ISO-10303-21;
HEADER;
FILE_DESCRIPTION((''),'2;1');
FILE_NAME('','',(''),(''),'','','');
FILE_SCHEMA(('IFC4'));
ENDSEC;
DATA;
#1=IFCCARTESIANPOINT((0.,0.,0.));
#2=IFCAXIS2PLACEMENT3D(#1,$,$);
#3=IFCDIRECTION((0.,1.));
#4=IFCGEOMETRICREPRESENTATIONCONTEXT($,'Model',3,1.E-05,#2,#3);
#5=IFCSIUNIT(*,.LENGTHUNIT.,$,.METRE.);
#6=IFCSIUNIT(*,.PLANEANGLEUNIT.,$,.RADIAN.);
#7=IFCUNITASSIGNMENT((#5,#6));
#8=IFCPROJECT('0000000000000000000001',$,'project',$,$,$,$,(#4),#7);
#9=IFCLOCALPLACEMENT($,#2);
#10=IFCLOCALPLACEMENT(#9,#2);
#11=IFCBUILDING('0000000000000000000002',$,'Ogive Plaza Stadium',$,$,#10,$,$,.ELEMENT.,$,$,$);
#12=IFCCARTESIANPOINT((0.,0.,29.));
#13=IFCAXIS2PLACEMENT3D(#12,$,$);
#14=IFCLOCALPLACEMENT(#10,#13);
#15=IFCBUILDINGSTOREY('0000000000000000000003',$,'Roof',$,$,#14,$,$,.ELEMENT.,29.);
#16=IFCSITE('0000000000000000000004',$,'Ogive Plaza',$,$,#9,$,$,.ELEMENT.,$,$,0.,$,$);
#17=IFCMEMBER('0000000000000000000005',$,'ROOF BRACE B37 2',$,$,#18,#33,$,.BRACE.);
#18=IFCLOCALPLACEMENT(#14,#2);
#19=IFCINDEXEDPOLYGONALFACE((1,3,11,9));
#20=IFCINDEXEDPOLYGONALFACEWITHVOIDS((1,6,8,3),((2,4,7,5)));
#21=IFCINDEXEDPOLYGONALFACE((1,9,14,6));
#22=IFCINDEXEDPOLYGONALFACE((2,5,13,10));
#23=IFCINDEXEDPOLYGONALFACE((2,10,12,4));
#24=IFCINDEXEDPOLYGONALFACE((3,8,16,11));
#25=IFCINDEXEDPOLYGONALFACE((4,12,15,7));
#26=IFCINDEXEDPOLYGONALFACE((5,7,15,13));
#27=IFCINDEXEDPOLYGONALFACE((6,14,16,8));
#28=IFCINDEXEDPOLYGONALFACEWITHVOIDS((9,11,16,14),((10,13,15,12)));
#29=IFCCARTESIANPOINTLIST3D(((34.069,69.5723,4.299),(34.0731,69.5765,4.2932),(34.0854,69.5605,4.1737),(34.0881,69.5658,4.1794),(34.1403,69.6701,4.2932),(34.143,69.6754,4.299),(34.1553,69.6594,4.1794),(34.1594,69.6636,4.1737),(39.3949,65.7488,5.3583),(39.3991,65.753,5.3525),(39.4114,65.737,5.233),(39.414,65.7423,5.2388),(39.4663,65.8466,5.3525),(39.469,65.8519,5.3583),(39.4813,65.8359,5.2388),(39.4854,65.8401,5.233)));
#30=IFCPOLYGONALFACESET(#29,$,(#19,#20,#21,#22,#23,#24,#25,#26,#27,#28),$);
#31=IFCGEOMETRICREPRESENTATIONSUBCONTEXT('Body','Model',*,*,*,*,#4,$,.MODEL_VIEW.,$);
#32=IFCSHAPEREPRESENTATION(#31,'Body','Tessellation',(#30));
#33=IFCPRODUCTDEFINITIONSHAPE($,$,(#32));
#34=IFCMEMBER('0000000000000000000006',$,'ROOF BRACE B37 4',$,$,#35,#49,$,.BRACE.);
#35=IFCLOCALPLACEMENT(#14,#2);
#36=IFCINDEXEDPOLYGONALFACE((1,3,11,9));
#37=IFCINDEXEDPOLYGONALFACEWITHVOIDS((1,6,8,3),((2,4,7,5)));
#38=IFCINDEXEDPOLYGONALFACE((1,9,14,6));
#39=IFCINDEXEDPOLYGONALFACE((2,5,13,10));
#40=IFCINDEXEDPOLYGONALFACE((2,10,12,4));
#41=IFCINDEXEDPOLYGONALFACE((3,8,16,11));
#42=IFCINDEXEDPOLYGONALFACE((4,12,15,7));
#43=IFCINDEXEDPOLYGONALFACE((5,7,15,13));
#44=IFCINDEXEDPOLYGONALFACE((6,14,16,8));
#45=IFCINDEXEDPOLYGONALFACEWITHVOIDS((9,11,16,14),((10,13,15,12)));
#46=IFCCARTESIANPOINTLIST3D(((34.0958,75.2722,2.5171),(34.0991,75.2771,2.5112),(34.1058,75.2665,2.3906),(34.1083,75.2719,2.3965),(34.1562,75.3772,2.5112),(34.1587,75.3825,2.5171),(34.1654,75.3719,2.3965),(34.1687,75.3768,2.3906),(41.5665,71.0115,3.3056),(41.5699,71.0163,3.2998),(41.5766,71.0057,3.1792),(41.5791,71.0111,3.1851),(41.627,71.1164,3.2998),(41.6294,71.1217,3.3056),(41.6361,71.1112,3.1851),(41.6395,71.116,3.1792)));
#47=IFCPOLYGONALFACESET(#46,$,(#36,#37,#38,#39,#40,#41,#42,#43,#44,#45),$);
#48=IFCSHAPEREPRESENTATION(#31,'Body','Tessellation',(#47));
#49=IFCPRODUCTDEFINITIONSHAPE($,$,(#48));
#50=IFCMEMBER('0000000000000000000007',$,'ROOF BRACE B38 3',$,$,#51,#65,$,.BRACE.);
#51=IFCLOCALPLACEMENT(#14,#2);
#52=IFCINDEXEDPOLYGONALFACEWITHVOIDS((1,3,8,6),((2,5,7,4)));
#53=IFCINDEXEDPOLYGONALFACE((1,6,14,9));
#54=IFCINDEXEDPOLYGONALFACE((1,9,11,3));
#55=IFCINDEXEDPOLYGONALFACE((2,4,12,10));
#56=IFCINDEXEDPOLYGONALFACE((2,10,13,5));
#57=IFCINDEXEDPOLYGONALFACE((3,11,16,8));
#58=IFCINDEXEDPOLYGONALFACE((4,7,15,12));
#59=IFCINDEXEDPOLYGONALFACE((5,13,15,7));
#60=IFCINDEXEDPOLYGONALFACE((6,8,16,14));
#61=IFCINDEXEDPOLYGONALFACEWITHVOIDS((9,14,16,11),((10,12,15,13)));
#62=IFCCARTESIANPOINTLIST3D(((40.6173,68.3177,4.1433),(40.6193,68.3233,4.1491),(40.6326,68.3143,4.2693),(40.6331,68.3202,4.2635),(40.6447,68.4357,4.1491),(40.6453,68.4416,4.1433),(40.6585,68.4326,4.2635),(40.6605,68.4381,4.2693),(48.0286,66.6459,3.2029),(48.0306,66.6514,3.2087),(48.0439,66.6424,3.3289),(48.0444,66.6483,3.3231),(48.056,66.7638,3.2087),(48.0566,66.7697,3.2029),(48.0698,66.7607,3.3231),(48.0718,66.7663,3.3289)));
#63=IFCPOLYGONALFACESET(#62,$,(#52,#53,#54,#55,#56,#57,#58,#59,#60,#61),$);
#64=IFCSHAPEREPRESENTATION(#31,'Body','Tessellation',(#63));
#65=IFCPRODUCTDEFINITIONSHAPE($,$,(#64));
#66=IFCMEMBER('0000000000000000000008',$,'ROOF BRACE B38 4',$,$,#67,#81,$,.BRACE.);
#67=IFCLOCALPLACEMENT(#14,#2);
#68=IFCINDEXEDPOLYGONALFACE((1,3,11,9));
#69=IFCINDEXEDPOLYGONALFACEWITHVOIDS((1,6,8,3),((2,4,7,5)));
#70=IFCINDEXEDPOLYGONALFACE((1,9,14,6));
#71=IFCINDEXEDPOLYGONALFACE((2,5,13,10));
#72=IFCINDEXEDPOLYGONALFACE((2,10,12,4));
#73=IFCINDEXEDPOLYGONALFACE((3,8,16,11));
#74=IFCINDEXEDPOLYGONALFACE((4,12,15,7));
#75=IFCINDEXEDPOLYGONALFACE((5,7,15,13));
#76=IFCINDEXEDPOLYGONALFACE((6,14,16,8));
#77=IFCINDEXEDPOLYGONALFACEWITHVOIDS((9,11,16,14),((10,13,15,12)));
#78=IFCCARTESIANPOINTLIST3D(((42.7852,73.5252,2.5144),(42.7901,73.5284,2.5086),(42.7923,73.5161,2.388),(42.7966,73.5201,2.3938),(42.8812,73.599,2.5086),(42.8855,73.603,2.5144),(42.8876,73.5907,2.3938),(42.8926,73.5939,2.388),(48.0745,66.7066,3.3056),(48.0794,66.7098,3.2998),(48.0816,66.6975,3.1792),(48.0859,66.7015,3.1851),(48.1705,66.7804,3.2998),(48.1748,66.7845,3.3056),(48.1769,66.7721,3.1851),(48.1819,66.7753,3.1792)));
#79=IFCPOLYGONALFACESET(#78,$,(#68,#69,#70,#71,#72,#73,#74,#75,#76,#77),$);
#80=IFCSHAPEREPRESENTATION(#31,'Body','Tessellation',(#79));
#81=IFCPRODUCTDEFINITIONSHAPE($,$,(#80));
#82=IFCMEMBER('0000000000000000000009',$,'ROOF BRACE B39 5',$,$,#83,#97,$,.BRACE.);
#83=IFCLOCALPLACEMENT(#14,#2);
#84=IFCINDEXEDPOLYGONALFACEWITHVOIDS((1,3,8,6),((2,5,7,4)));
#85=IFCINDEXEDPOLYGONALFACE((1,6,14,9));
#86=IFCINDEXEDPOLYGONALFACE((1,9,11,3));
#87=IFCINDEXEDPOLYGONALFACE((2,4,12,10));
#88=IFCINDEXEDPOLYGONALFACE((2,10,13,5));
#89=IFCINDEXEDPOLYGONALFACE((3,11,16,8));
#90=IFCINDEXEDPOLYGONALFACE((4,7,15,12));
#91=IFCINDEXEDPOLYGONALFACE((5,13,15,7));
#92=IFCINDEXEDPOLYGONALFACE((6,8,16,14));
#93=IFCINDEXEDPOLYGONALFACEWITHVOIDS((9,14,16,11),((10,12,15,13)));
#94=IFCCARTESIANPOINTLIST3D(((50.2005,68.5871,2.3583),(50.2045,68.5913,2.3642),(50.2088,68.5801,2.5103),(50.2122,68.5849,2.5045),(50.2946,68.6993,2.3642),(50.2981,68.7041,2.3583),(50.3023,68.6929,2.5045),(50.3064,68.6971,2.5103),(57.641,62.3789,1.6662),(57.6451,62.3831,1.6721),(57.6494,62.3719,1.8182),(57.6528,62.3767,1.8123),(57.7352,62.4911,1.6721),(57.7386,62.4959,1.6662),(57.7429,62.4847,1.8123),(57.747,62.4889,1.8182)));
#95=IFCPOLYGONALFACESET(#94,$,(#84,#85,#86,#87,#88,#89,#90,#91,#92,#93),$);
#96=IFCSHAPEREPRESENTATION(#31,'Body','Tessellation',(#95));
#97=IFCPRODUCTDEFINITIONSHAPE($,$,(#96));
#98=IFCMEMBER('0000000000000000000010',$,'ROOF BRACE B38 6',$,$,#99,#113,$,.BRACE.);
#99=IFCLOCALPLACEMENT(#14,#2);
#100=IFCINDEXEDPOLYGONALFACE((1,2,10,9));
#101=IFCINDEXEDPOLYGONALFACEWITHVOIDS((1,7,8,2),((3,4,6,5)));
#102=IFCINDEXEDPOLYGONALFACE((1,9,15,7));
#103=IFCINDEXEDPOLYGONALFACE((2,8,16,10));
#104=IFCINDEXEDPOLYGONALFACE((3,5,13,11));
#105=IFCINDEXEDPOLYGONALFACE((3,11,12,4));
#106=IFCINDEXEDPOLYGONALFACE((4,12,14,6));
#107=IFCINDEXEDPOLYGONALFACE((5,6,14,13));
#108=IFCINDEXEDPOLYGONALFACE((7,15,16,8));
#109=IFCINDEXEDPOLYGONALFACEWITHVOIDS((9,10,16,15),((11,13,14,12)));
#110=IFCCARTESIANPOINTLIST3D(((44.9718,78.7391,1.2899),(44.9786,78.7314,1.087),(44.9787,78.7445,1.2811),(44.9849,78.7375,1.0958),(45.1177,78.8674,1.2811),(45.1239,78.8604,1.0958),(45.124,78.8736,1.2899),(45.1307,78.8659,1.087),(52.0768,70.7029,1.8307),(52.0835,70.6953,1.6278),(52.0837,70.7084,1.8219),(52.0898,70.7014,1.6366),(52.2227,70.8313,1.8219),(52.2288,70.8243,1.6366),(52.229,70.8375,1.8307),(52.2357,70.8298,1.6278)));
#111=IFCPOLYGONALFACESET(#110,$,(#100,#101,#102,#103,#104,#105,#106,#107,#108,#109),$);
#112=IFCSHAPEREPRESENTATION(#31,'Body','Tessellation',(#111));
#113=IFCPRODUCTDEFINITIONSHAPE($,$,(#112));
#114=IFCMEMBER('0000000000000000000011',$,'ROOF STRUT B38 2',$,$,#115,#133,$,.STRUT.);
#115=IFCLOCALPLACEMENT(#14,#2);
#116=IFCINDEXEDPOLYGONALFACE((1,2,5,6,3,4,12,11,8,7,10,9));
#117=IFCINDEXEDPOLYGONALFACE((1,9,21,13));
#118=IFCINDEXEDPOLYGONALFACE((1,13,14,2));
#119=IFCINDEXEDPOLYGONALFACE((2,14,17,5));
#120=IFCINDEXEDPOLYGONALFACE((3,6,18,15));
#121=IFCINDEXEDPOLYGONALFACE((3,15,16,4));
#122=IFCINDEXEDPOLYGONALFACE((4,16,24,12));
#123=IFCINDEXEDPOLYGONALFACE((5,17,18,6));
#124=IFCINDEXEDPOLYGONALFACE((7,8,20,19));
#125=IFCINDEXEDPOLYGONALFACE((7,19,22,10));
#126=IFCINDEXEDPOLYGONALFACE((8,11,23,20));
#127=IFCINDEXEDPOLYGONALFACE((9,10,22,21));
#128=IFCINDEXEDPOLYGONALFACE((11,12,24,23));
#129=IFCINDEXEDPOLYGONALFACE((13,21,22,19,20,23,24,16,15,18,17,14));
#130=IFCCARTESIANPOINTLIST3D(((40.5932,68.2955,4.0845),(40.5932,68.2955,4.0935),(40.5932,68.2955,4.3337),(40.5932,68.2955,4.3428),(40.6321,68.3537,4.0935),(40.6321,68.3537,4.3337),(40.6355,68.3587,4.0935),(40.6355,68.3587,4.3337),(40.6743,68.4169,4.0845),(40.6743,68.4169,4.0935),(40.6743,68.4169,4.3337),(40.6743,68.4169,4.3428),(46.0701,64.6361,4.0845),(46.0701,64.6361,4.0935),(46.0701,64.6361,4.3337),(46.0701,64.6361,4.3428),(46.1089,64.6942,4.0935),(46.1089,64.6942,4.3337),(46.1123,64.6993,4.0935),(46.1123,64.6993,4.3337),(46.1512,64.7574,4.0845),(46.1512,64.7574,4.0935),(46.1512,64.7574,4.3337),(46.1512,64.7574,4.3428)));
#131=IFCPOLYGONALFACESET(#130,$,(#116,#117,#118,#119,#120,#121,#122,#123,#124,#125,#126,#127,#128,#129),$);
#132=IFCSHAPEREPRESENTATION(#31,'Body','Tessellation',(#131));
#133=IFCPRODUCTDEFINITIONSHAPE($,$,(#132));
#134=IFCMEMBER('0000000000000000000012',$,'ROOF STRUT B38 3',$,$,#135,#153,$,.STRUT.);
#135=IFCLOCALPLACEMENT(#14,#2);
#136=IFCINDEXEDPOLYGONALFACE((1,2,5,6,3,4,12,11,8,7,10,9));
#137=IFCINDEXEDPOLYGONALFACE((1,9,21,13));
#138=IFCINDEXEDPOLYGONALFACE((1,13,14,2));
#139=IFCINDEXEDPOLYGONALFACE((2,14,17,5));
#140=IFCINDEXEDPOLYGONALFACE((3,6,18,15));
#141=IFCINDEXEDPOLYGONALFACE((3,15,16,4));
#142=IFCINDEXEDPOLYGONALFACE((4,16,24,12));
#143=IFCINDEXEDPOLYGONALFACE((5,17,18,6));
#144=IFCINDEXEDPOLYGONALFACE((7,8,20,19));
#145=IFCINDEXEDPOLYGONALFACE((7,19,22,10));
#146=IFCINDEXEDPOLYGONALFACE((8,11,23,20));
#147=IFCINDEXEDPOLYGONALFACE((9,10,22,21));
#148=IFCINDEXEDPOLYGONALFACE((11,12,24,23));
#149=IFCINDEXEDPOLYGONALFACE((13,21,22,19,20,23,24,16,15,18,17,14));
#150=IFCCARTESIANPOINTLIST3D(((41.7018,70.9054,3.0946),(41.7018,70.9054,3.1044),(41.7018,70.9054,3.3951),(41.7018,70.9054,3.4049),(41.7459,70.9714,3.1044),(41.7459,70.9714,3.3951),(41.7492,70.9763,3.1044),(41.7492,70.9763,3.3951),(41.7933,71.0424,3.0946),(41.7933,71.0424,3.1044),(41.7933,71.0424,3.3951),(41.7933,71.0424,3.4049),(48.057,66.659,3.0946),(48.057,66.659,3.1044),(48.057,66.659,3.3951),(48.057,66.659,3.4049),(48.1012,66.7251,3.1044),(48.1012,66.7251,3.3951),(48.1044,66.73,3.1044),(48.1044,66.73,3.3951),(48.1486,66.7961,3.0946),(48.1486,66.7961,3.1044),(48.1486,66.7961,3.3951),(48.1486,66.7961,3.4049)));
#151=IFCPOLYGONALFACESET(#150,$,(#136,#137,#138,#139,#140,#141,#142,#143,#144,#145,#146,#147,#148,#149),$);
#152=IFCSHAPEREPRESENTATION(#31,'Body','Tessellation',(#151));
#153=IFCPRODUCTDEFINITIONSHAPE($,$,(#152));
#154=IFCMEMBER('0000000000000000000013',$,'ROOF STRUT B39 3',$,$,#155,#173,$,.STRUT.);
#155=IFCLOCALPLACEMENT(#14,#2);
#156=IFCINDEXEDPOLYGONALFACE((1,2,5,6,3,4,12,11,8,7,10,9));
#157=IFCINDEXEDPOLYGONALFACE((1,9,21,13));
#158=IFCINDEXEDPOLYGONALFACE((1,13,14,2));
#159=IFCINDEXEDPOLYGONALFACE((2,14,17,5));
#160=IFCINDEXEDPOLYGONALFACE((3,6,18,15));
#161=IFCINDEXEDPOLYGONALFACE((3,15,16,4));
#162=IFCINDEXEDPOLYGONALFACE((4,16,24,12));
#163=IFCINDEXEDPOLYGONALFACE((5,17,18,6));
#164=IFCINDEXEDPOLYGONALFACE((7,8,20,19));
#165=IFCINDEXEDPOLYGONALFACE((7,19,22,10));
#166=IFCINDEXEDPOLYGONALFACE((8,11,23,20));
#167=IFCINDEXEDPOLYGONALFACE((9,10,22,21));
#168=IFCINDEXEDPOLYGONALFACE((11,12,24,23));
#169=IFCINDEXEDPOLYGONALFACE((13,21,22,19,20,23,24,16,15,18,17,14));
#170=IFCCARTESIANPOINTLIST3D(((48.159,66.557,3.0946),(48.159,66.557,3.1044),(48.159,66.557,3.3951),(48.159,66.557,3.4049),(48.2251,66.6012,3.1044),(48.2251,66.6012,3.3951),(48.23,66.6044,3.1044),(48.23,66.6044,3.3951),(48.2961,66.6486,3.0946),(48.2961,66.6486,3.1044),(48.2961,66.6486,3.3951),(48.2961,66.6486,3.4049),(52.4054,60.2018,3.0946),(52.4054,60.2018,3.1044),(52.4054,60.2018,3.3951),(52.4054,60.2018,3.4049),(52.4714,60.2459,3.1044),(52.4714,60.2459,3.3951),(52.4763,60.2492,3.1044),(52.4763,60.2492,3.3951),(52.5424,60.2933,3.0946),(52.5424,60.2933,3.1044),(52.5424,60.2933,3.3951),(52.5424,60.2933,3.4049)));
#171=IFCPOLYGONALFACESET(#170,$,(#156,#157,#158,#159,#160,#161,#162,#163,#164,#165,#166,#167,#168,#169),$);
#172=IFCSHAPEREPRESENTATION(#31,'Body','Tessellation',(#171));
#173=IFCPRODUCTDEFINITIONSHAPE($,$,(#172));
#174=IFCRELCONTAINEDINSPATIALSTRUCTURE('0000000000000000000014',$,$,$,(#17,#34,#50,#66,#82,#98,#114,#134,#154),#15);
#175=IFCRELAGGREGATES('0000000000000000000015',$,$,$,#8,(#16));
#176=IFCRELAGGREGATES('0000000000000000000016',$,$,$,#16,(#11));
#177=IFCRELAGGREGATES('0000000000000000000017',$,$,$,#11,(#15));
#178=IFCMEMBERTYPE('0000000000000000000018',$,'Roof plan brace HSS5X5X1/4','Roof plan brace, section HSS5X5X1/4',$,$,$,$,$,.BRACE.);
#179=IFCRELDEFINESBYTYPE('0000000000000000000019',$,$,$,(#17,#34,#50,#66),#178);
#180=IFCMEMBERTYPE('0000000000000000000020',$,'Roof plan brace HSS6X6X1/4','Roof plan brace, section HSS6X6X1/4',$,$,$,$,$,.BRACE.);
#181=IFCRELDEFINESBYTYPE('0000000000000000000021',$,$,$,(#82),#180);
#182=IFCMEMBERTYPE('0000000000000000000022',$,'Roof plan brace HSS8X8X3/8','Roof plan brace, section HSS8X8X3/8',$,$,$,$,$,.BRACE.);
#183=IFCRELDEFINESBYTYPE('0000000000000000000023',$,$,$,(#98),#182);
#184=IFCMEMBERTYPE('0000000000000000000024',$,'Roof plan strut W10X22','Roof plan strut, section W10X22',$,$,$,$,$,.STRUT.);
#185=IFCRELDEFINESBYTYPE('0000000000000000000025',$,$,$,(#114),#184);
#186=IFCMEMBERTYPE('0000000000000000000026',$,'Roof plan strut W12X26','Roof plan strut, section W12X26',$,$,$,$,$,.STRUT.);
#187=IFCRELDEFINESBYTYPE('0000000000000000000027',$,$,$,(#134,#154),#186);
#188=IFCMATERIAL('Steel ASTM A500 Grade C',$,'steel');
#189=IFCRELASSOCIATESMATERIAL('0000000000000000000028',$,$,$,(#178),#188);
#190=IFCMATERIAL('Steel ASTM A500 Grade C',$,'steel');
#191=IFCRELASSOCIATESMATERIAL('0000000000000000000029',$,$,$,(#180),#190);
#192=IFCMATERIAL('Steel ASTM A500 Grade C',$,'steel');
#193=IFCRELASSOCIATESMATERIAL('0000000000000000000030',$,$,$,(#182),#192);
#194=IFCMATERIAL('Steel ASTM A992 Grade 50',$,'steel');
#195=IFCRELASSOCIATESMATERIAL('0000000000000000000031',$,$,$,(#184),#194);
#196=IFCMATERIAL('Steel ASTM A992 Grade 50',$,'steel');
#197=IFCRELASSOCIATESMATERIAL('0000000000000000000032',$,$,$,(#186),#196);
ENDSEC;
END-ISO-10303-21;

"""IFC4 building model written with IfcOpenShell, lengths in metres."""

from ifc_helpers import new_model, si_unit, direction, frame, origin, origin_2d, place, context, subcontext, project, spatial, hollow_rectangle, i_section, extrude, material, material_profile, profile_set, type_object, element, save


model = new_model("IFC4")

# Units and contexts
model_context = context("Model", 3, precision=1e-05, world=origin(), true_north=direction((0.0, 1.0)))
body_context = subcontext(model_context, "Body", "Model", "MODEL_VIEW")
ifc_project = project(units=[si_unit("LENGTHUNIT", "METRE"), si_unit("PLANEANGLEUNIT", "RADIAN")], contexts=[model_context])

# Site, building, storey
site_placement = place(None, origin())
site = spatial("IfcSite", under=ifc_project, at=site_placement, Name="Ogive Plaza", CompositionType="ELEMENT", RefElevation=0.0)
building_placement = place(site_placement, origin())
building = spatial("IfcBuilding", under=site, at=building_placement, Name="Ogive Plaza Stadium", CompositionType="ELEMENT")
storey_placement = place(building_placement, frame((0.0, 0.0, 29.0)))
storey = spatial("IfcBuildingStorey", under=building, at=storey_placement, Name="Roof", CompositionType="ELEMENT", Elevation=29.0)

# Members
ifc_material_1 = material(Name="Steel ASTM A500 Grade C", Category="steel")
ifc_material_profile_1 = material_profile(ifc_material_1, hollow_rectangle(XDim=0.127, YDim=0.127, WallThickness=0.0059, at=origin_2d()), Name="HSS5X5X1/4")
ifc_profile_set_1 = profile_set([ifc_material_profile_1], Name="Steel ASTM A500 Grade C")
member_type_1 = type_object("IfcMemberType", Name="Roof plan brace HSS5X5X1/4", Description="Roof plan brace, section HSS5X5X1/4", PredefinedType="BRACE", material=ifc_profile_set_1)
member_1_placement = place(storey_placement, frame((39.4402, 65.7944, 5.2957), z_axis=(-0.801942, 0.575714, -0.159506), x_axis=(-0.583181, -0.812342, 0.0)))
element("IfcMember", 1, at=member_1_placement, inside=storey, type_object=member_type_1, Name="ROOF BRACE B37 2", PredefinedType="BRACE", context=body_context, shape_type="SweptSolid", body=[
    extrude(hollow_rectangle(XDim=0.127, YDim=0.127, WallThickness=0.0059, at=origin_2d()), origin(), (0.0, 0.0, 1.0), 6.6414),
])
member_2_placement = place(storey_placement, frame((41.603, 71.0637, 3.2424), z_axis=(-0.865026, 0.493348, -0.091308), x_axis=(-0.495417, -0.868655, 0.0)))
element("IfcMember", 2, at=member_2_placement, inside=storey, type_object=member_type_1, Name="ROOF BRACE B37 4", PredefinedType="BRACE", context=body_context, shape_type="SweptSolid", body=[
    extrude(hollow_rectangle(XDim=0.127, YDim=0.127, WallThickness=0.0059, at=origin_2d()), origin(), (0.0, 0.0, 1.0), 8.6365),
])
member_3_placement = place(storey_placement, frame((40.6389, 68.3779, 4.2063), z_axis=(0.9681, -0.218386, -0.122842), x_axis=(0.220053, 0.975488, 0.0)))
element("IfcMember", 3, at=member_3_placement, inside=storey, type_object=member_type_1, Name="ROOF BRACE B38 3", PredefinedType="BRACE", context=body_context, shape_type="SweptSolid", body=[
    extrude(hollow_rectangle(XDim=0.127, YDim=0.127, WallThickness=0.0059, at=origin_2d()), origin(), (0.0, 0.0, 1.0), 7.6555),
])
member_4_placement = place(storey_placement, frame((48.1282, 66.741, 3.2424), z_axis=(-0.610365, 0.78684, -0.091308), x_axis=(-0.790141, -0.612926, 0.0)))
element("IfcMember", 4, at=member_4_placement, inside=storey, type_object=member_type_1, Name="ROOF BRACE B38 4", PredefinedType="BRACE", context=body_context, shape_type="SweptSolid", body=[
    extrude(hollow_rectangle(XDim=0.127, YDim=0.127, WallThickness=0.0059, at=origin_2d()), origin(), (0.0, 0.0, 1.0), 8.6658),
])
ifc_material_2 = material(Name="Steel ASTM A500 Grade C", Category="steel")
ifc_material_profile_2 = material_profile(ifc_material_2, hollow_rectangle(XDim=0.1523, YDim=0.1523, WallThickness=0.0059, at=origin_2d()), Name="HSS6X6X1/4")
ifc_profile_set_2 = profile_set([ifc_material_profile_2], Name="Steel ASTM A500 Grade C")
member_type_2 = type_object("IfcMemberType", Name="Roof plan brace HSS6X6X1/4", Description="Roof plan brace, section HSS6X6X1/4", PredefinedType="BRACE", material=ifc_profile_set_2)
member_5_placement = place(storey_placement, frame((50.2534, 68.6421, 2.4343), z_axis=(0.76588, -0.639025, -0.071243), x_axis=(0.640653, 0.767831, 0.0)))
element("IfcMember", 5, at=member_5_placement, inside=storey, type_object=member_type_2, Name="ROOF BRACE B39 5", PredefinedType="BRACE", context=body_context, shape_type="SweptSolid", body=[
    extrude(hollow_rectangle(XDim=0.1523, YDim=0.1523, WallThickness=0.0059, at=origin_2d()), origin(), (0.0, 0.0, 1.0), 9.7151),
])
ifc_material_3 = material(Name="Steel ASTM A500 Grade C", Category="steel")
ifc_material_profile_3 = material_profile(ifc_material_3, hollow_rectangle(XDim=0.2031, YDim=0.2031, WallThickness=0.0088, at=origin_2d()), Name="HSS8X8X3/8")
ifc_profile_set_3 = profile_set([ifc_material_profile_3], Name="Steel ASTM A500 Grade C")
member_type_3 = type_object("IfcMemberType", Name="Roof plan brace HSS8X8X3/8", Description="Roof plan brace, section HSS8X8X3/8", PredefinedType="BRACE", material=ifc_profile_set_3)
member_6_placement = place(storey_placement, frame((52.1562, 70.7664, 1.7292), z_axis=(-0.661529, 0.748227, -0.05035), x_axis=(-0.749177, -0.66237, 0.0)))
element("IfcMember", 6, at=member_6_placement, inside=storey, type_object=member_type_3, Name="ROOF BRACE B38 6", PredefinedType="BRACE", context=body_context, shape_type="SweptSolid", body=[
    extrude(hollow_rectangle(XDim=0.2031, YDim=0.2031, WallThickness=0.0088, at=origin_2d()), origin(), (0.0, 0.0, 1.0), 10.7402),
])
ifc_material_4 = material(Name="Steel ASTM A992 Grade 50", Category="steel")
ifc_material_profile_4 = material_profile(ifc_material_4, i_section(OverallWidth=0.146, OverallDepth=0.2583, WebThickness=0.0061, FlangeThickness=0.009, at=origin_2d()), Name="W10X22")
ifc_profile_set_4 = profile_set([ifc_material_profile_4], Name="Steel ASTM A992 Grade 50")
member_type_4 = type_object("IfcMemberType", Name="Roof plan strut W10X22", Description="Roof plan strut, section W10X22", PredefinedType="STRUT", material=ifc_profile_set_4)
member_7_placement = place(storey_placement, frame((40.6338, 68.3562, 4.2136), z_axis=(0.831474, -0.555564, 0.0), x_axis=(0.555564, 0.831474, 0.0)))
element("IfcMember", 7, at=member_7_placement, inside=storey, type_object=member_type_4, Name="ROOF STRUT B38 2", PredefinedType="STRUT", context=body_context, shape_type="SweptSolid", body=[
    extrude(i_section(OverallWidth=0.146, OverallDepth=0.2583, WebThickness=0.0061, FlangeThickness=0.009, at=origin_2d()), origin(), (0.0, 0.0, 1.0), 6.5869),
])
ifc_material_5 = material(Name="Steel ASTM A992 Grade 50", Category="steel")
ifc_material_profile_5 = material_profile(ifc_material_5, i_section(OverallWidth=0.1648, OverallDepth=0.3103, WebThickness=0.0059, FlangeThickness=0.0098, at=origin_2d()), Name="W12X26")
ifc_profile_set_5 = profile_set([ifc_material_profile_5], Name="Steel ASTM A992 Grade 50")
member_type_5 = type_object("IfcMemberType", Name="Roof plan strut W12X26", Description="Roof plan strut, section W12X26", PredefinedType="STRUT", material=ifc_profile_set_5)
for number, where, z_axis, x_axis, name in (
    (8, (41.7476, 70.9739, 3.2498), (0.831475, -0.555562, 0.0), (0.555562, 0.831475, 0.0), "ROOF STRUT B38 3"),
    (9, (48.2275, 66.6028, 3.2498), (0.555562, -0.831475, 0.0), (0.831475, 0.555562, 0.0), "ROOF STRUT B39 3"),
):
    element("IfcMember", number, at=place(storey_placement, frame(where, z_axis=z_axis, x_axis=x_axis)), inside=storey, type_object=member_type_5, Name=name, PredefinedType="STRUT", context=body_context, shape_type="SweptSolid", body=[
        extrude(i_section(OverallWidth=0.1648, OverallDepth=0.3103, WebThickness=0.0059, FlangeThickness=0.0098, at=origin_2d()), origin(), (0.0, 0.0, 1.0), 7.6433),
    ])

save(model, "model.ifc")
